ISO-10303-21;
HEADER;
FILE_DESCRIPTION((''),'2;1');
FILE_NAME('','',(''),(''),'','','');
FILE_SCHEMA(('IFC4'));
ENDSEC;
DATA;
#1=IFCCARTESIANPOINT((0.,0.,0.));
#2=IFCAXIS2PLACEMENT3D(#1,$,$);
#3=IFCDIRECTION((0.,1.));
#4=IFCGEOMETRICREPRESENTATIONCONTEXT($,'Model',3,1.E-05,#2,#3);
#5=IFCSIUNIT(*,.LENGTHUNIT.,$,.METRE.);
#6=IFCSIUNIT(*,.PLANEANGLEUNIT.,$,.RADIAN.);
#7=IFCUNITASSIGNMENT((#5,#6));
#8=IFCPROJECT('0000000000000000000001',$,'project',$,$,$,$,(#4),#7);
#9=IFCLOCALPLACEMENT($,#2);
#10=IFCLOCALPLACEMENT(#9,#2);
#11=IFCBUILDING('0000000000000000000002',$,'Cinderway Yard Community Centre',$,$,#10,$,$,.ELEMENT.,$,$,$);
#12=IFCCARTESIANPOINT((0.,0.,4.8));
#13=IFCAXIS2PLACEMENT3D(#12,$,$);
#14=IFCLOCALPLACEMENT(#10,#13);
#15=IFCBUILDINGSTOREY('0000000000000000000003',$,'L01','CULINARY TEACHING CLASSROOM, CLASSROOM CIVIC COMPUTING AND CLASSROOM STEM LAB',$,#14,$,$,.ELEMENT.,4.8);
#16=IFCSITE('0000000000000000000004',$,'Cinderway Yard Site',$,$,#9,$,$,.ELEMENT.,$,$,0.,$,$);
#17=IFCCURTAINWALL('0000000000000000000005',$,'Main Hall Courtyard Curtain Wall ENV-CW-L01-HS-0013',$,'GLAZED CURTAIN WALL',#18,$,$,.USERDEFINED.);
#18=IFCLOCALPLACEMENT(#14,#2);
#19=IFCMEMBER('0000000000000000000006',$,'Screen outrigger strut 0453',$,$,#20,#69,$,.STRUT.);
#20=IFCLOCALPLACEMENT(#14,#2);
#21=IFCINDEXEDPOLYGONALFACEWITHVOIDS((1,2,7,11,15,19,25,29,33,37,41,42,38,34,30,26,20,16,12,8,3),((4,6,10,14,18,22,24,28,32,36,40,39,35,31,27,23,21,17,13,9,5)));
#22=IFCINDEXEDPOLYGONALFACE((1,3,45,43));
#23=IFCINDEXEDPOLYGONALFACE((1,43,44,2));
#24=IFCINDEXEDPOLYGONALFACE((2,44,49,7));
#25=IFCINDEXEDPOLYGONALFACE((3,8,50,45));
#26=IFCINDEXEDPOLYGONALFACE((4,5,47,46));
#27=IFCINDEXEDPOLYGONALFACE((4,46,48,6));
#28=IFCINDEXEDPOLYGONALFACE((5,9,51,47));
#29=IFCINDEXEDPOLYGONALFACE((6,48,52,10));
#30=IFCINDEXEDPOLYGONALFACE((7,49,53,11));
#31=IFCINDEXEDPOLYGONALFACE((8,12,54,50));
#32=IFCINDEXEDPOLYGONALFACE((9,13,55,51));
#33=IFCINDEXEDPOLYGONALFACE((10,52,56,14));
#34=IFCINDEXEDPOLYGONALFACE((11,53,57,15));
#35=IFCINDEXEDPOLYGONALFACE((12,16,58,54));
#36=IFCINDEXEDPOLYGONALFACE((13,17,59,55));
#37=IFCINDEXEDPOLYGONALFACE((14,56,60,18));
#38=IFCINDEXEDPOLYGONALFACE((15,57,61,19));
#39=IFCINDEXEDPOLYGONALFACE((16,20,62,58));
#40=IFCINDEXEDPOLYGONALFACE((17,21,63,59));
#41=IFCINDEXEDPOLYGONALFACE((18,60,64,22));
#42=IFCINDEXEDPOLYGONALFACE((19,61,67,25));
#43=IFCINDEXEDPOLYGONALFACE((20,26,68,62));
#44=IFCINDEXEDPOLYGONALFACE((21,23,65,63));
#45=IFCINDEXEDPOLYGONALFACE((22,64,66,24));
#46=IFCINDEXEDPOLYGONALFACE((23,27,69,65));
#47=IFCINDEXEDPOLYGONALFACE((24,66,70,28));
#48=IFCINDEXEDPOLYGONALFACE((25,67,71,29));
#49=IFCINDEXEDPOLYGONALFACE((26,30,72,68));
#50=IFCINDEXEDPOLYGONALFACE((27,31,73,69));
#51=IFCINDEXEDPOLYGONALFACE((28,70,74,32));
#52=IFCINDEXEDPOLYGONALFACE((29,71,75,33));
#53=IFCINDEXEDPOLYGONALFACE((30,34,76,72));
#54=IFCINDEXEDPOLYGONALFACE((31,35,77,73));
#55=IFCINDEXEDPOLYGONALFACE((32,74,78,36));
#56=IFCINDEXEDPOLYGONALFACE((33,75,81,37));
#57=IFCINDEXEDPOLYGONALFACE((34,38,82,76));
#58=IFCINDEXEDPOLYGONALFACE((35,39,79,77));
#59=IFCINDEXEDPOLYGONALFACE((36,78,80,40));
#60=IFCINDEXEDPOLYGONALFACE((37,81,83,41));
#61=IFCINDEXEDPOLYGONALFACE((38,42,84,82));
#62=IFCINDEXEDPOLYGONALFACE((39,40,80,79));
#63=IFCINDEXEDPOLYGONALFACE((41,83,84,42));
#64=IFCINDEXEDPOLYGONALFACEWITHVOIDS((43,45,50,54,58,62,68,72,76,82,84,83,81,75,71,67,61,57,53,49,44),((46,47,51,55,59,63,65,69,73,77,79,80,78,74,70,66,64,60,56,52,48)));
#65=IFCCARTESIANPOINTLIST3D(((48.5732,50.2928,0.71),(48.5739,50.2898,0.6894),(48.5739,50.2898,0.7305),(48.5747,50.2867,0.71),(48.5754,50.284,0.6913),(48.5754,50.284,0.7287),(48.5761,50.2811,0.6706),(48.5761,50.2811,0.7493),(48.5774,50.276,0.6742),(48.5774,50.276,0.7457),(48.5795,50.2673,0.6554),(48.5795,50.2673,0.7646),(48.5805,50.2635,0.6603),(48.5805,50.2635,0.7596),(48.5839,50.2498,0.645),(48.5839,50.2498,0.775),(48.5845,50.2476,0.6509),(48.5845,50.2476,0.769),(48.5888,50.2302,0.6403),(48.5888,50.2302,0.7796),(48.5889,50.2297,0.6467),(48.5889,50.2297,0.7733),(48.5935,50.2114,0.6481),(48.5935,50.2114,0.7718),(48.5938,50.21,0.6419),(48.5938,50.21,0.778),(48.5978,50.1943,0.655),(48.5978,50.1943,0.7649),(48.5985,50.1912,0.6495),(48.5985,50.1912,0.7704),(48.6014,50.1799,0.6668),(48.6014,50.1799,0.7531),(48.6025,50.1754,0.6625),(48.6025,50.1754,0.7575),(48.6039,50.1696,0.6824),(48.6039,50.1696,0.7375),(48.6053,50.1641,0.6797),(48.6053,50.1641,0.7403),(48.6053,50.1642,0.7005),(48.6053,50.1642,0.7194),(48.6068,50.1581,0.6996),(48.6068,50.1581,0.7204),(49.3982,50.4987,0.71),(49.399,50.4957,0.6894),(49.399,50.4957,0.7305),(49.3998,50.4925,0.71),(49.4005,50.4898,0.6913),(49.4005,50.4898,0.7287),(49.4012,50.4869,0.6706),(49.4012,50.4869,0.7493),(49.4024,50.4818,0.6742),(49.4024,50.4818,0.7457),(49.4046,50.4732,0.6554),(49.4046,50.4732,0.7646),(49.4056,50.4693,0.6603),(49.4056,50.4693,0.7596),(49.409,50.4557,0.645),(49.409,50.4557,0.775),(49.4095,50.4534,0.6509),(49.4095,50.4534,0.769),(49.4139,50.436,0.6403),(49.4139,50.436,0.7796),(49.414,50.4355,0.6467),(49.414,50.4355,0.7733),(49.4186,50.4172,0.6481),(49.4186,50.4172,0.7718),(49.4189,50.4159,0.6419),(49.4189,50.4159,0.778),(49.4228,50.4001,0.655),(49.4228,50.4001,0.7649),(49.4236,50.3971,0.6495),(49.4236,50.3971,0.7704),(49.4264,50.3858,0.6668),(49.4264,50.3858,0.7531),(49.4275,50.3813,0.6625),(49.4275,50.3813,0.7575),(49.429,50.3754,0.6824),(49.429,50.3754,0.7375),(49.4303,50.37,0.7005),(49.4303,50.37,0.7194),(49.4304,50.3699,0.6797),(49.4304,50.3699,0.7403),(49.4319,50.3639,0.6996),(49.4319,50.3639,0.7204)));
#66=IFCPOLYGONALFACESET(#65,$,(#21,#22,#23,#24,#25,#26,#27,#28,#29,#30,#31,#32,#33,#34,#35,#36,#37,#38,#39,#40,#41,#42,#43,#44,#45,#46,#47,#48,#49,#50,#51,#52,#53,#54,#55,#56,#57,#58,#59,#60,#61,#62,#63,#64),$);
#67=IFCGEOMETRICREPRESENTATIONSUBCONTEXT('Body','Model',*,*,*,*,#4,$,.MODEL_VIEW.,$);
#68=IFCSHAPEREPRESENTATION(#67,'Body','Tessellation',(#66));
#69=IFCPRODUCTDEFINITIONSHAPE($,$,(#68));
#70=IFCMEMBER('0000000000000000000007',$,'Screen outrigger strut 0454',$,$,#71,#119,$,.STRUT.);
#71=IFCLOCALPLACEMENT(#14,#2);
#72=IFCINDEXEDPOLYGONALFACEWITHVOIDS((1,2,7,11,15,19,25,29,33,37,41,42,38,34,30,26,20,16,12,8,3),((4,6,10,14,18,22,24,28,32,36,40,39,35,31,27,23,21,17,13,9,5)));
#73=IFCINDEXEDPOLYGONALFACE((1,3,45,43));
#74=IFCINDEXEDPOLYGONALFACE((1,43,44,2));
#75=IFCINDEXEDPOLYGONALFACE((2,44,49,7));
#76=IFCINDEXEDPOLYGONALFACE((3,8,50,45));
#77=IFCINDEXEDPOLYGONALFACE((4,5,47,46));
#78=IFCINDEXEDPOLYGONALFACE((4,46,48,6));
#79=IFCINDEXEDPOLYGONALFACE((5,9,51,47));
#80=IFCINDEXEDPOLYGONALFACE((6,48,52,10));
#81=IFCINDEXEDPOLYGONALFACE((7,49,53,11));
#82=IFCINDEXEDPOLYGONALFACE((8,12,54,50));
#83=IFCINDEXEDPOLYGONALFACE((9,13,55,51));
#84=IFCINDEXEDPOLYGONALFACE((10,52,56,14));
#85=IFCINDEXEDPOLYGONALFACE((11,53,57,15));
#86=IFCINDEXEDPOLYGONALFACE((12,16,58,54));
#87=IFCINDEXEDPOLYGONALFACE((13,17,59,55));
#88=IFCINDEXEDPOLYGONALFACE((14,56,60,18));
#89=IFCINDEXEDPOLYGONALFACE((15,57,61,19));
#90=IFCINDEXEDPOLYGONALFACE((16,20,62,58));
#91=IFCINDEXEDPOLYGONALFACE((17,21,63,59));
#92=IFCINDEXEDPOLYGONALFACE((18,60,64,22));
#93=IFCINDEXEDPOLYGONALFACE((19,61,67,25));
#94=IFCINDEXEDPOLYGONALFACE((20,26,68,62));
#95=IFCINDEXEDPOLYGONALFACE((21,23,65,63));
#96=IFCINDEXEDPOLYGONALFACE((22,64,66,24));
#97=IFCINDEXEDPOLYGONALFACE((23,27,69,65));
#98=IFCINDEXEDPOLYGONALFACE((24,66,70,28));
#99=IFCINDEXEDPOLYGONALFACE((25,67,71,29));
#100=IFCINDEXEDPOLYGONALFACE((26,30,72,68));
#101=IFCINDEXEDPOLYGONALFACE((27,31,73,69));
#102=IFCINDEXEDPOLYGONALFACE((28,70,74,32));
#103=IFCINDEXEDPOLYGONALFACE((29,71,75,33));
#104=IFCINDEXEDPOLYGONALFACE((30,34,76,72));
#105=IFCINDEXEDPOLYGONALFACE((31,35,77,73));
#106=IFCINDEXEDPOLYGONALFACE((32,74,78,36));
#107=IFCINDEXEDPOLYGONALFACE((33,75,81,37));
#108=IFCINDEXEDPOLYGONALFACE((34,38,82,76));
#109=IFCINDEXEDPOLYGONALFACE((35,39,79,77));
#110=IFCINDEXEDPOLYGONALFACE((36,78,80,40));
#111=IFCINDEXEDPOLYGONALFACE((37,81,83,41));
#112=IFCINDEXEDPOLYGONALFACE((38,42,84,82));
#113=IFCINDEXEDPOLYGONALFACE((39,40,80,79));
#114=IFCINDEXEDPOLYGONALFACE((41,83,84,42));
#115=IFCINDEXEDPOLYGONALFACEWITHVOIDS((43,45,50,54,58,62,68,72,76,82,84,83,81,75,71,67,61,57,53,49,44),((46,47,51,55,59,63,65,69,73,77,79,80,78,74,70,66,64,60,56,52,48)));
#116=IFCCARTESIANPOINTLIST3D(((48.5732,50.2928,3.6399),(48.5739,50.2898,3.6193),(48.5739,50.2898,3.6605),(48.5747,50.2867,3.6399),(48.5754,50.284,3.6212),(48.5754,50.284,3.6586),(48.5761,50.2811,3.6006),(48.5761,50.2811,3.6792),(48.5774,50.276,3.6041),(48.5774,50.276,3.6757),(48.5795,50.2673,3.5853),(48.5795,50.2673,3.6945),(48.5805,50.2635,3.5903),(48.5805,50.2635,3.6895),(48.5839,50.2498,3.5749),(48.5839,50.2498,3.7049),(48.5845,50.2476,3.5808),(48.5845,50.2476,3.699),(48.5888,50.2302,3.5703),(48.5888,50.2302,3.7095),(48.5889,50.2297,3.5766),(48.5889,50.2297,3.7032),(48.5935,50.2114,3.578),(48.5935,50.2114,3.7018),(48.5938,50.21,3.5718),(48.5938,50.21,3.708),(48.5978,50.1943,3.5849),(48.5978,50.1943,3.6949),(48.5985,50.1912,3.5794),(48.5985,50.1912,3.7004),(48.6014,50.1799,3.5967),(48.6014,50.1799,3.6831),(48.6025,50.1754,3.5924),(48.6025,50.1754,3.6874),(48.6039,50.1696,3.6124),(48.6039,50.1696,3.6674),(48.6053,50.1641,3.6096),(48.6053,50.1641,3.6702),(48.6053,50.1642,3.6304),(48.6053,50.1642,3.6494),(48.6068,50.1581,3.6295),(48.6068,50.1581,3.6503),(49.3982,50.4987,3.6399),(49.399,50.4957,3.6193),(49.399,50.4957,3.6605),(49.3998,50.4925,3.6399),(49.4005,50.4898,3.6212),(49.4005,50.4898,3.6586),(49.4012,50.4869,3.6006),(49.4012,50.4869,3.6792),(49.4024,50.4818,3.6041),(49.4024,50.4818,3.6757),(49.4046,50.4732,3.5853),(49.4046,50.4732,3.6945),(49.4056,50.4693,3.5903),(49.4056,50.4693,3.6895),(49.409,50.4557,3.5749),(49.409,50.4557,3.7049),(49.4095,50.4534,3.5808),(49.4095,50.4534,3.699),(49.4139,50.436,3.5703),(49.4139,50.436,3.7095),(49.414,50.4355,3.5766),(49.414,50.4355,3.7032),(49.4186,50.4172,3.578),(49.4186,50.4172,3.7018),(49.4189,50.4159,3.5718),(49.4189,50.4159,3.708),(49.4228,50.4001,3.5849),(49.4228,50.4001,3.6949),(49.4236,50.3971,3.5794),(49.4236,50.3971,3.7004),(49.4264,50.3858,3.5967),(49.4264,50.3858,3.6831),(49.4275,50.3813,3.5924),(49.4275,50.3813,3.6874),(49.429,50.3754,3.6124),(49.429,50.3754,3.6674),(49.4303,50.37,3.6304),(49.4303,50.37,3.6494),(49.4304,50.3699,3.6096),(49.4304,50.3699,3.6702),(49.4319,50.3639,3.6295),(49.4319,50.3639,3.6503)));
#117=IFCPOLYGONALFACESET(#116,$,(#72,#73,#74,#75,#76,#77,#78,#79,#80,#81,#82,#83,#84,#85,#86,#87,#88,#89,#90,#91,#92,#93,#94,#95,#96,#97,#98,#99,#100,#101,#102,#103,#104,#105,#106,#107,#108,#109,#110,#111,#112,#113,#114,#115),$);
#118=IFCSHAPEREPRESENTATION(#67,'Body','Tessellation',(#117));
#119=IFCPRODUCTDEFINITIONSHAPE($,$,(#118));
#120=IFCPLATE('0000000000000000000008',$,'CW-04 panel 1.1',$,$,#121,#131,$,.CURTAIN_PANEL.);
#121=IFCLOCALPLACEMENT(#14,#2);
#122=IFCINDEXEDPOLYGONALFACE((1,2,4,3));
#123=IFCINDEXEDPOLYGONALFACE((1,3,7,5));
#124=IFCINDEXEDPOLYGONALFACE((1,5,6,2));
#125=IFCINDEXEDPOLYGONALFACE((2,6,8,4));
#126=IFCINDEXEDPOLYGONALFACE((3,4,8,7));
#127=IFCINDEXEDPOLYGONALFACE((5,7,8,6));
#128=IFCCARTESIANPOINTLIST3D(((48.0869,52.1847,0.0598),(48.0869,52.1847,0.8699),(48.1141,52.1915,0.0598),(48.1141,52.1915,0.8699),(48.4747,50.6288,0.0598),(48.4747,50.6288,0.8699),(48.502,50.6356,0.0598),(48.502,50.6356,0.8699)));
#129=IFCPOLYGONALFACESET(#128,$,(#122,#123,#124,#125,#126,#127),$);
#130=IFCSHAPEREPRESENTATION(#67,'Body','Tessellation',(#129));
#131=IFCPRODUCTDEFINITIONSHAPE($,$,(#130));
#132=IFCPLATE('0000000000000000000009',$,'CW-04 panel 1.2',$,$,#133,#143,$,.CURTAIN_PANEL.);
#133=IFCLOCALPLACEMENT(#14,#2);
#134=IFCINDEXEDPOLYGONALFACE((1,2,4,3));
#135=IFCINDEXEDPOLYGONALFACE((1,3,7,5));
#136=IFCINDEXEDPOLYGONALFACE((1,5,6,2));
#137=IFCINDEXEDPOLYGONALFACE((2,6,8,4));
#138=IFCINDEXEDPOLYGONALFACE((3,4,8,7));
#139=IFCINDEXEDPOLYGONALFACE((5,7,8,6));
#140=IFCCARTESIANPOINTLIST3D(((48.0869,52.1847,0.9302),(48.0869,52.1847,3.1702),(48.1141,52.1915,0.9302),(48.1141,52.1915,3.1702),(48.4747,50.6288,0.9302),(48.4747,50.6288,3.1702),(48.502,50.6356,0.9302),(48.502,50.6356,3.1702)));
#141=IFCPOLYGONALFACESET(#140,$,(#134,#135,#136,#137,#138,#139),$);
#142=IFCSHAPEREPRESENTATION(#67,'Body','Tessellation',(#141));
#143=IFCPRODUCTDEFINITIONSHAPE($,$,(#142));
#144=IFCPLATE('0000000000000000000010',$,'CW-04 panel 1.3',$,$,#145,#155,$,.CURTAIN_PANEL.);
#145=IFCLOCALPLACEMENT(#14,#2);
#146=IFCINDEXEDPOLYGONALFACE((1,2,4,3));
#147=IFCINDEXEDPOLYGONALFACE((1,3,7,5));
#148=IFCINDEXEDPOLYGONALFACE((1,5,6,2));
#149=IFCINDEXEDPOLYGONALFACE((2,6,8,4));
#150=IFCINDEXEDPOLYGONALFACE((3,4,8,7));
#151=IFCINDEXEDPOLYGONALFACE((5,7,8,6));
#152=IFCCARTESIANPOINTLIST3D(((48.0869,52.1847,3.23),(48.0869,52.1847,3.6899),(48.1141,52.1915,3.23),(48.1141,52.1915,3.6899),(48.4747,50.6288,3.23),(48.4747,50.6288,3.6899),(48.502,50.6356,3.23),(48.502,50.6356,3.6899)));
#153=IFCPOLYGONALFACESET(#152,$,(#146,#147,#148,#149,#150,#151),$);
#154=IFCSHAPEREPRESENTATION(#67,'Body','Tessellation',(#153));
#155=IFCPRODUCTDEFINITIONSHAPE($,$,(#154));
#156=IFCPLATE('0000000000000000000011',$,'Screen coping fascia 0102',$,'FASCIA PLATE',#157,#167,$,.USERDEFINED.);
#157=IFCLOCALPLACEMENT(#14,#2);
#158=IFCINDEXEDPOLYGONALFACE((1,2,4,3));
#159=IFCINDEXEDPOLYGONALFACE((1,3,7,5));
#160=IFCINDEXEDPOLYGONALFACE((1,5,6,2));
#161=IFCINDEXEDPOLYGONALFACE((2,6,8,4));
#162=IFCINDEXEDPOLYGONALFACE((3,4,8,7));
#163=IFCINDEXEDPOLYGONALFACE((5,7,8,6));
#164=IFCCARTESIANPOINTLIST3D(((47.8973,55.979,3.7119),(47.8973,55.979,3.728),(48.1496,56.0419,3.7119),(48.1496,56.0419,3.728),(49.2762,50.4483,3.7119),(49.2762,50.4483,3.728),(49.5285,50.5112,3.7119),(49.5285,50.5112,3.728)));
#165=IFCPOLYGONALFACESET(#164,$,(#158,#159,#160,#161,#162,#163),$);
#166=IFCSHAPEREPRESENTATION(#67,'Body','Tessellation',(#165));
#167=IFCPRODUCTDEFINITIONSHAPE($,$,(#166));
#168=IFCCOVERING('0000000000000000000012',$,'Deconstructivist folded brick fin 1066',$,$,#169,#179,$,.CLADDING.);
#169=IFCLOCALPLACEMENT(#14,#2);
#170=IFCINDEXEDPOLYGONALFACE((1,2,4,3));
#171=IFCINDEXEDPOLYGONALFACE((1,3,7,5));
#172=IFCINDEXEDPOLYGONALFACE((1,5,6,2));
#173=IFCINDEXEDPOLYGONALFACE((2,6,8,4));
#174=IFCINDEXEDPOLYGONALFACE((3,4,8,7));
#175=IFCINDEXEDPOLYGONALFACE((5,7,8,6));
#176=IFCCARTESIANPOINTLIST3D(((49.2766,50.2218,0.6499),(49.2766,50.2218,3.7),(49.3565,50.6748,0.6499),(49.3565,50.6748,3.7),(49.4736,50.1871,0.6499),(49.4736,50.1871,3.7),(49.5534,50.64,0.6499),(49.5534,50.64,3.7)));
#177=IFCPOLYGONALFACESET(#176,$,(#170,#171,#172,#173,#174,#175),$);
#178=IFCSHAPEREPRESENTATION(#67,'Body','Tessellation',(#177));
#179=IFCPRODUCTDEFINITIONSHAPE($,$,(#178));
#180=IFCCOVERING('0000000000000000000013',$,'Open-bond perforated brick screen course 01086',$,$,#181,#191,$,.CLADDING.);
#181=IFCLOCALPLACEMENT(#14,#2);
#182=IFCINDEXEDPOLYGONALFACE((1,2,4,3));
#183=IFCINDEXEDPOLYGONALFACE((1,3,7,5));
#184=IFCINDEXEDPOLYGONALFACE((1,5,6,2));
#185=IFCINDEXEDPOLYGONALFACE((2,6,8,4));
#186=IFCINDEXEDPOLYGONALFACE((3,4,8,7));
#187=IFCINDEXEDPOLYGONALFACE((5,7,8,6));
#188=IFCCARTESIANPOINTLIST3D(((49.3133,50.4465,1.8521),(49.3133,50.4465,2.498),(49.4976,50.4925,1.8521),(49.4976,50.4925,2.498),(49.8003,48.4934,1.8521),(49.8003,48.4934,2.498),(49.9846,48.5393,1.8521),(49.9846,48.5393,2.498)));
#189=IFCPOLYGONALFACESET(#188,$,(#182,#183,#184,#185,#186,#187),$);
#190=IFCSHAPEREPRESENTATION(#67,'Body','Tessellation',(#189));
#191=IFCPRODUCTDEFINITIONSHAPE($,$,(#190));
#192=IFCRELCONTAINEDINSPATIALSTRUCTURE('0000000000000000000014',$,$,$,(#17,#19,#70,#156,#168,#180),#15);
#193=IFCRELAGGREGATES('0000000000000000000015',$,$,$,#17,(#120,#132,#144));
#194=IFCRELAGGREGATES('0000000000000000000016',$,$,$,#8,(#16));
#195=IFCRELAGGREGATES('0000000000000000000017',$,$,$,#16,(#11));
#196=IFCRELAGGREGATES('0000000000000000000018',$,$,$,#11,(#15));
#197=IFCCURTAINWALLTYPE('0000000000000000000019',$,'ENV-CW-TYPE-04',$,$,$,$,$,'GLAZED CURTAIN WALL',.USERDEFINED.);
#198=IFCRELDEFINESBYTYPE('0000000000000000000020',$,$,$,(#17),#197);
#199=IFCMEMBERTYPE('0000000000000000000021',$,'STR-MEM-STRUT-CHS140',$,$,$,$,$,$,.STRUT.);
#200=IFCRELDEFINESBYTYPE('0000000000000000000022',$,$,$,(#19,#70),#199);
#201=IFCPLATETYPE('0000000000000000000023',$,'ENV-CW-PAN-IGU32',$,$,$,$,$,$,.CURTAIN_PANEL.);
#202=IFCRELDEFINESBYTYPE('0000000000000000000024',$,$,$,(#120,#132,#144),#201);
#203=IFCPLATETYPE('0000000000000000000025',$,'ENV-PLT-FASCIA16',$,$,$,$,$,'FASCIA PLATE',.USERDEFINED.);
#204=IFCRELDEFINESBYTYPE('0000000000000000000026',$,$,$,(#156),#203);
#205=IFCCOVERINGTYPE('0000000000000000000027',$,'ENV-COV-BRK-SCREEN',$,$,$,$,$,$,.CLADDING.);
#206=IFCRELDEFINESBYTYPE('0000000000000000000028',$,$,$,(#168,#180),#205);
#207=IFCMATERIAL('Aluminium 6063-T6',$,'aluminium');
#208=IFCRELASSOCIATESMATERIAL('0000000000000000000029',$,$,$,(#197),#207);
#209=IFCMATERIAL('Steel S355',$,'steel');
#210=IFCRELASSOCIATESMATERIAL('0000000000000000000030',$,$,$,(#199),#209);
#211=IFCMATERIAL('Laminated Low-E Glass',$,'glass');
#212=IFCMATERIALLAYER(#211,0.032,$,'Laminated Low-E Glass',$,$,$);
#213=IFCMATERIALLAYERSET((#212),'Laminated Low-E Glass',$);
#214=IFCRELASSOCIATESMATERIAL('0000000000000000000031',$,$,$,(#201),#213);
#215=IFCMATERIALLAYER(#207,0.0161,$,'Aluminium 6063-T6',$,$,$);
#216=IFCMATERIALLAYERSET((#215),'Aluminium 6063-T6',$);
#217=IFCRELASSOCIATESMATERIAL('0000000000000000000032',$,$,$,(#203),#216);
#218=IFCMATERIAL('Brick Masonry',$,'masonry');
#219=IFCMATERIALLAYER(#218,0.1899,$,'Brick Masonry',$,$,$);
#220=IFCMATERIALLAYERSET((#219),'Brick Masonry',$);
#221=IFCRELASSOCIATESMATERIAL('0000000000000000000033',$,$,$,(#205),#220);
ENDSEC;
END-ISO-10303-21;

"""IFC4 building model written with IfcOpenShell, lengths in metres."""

from ifc_helpers import new_model, si_unit, direction, frame, origin, origin_2d, place, context, subcontext, project, spatial, rectangle, hollow_circle, extrude, material, layer, layer_set, material_profile, profile_set, type_object, element, aggregate, save


model = new_model("IFC4")

# Units and contexts
model_context = context("Model", 3, precision=1e-05, world=origin(), true_north=direction((0.0, 1.0)))
body_context = subcontext(model_context, "Body", "Model", "MODEL_VIEW")
ifc_project = project(units=[si_unit("LENGTHUNIT", "METRE"), si_unit("PLANEANGLEUNIT", "RADIAN")], contexts=[model_context])

# Site, building, storey
site_placement = place(None, origin())
site = spatial("IfcSite", under=ifc_project, at=site_placement, Name="Cinderway Yard Site", CompositionType="ELEMENT", RefElevation=0.0)
building_placement = place(site_placement, origin())
building = spatial("IfcBuilding", under=site, at=building_placement, Name="Cinderway Yard Community Centre", CompositionType="ELEMENT")
storey_placement = place(building_placement, frame((0.0, 0.0, 4.8)))
storey = spatial("IfcBuildingStorey", under=building, at=storey_placement, Name="L01", Description="CULINARY TEACHING CLASSROOM, CLASSROOM CIVIC COMPUTING AND CLASSROOM STEM LAB", CompositionType="ELEMENT", Elevation=4.8)

# Shared definitions
ifc_material_1 = material(Name="Aluminium 6063-T6", Category="aluminium")
curtain_wall_type = type_object("IfcCurtainWallType", Name="ENV-CW-TYPE-04", ElementType="GLAZED CURTAIN WALL", PredefinedType="USERDEFINED", material=ifc_material_1)

# Curtain wall
curtain_wall_1_placement = place(storey_placement, origin())
curtain_wall_1 = element("IfcCurtainWall", 1, at=curtain_wall_1_placement, inside=storey, type_object=curtain_wall_type, Name="Main Hall Courtyard Curtain Wall ENV-CW-L01-HS-0013", ObjectType="GLAZED CURTAIN WALL", PredefinedType="USERDEFINED")

# Shared definitions
ifc_material_2 = material(Name="Steel S355", Category="steel")

# Members
ifc_material_profile_1 = material_profile(ifc_material_2, hollow_circle(Radius=0.0698, WallThickness=0.0063, at=origin_2d()), Name="Steel S355")
ifc_profile_set_1 = profile_set([ifc_material_profile_1], Name="Steel S355")
member_type_1 = type_object("IfcMemberType", Name="STR-MEM-STRUT-CHS140", PredefinedType="STRUT", material=ifc_profile_set_1)
for number, where, z_axis, x_axis, name in (
    (2, (48.5901, 50.2251, 0.71), (0.970261, 0.242063, 0.0), (-0.242063, 0.970261, 0.0), "Screen outrigger strut 0453"),
    (3, (48.5901, 50.2251, 3.6399), (0.970261, 0.242063, 0.0), (-0.242063, 0.970261, 0.0), "Screen outrigger strut 0454"),
):
    element("IfcMember", number, at=place(storey_placement, frame(where, z_axis=z_axis, x_axis=x_axis)), inside=storey, type_object=member_type_1, Name=name, PredefinedType="STRUT", context=body_context, shape_type="SweptSolid", body=[
        extrude(hollow_circle(Radius=0.0698, WallThickness=0.0063, at=origin_2d()), origin(), (0.0, 0.0, 1.0), 0.8503),
    ])

# Plates
ifc_material_3 = material(Name="Laminated Low-E Glass", Category="glass")
ifc_layer_1 = layer(ifc_material_3, 0.032, Name="Laminated Low-E Glass")
ifc_layer_set_1 = layer_set([ifc_layer_1], Name="Laminated Low-E Glass")
plate_type_1 = type_object("IfcPlateType", Name="ENV-CW-PAN-IGU32", PredefinedType="CURTAIN_PANEL", material=ifc_layer_set_1)
plate_1_placement = place(storey_placement, frame((48.2944, 51.4102, 0.0598), z_axis=(0.0, 0.0, 1.0), x_axis=(-0.241887, 0.970304, 0.0)))
plate_1 = element("IfcPlate", 4, at=plate_1_placement, type_object=plate_type_1, Name="CW-04 panel 1.1", PredefinedType="CURTAIN_PANEL", context=body_context, shape_type="SweptSolid", body=[
    extrude(rectangle(XDim=1.6035, YDim=0.0281, at=origin_2d()), origin(), (0.0, 0.0, 1.0), 0.8101),
])
plate_2_placement = place(storey_placement, frame((48.2944, 51.4102, 0.9302), z_axis=(0.0, 0.0, 1.0), x_axis=(-0.241887, 0.970304, 0.0)))
plate_2 = element("IfcPlate", 5, at=plate_2_placement, type_object=plate_type_1, Name="CW-04 panel 1.2", PredefinedType="CURTAIN_PANEL", context=body_context, shape_type="SweptSolid", body=[
    extrude(rectangle(XDim=1.6035, YDim=0.0281, at=origin_2d()), origin(), (0.0, 0.0, 1.0), 2.24),
])
plate_3_placement = place(storey_placement, frame((48.2944, 51.4102, 3.23), z_axis=(0.0, 0.0, 1.0), x_axis=(-0.241887, 0.970304, 0.0)))
plate_3 = element("IfcPlate", 6, at=plate_3_placement, type_object=plate_type_1, Name="CW-04 panel 1.3", PredefinedType="CURTAIN_PANEL", context=body_context, shape_type="SweptSolid", body=[
    extrude(rectangle(XDim=1.6035, YDim=0.0281, at=origin_2d()), origin(), (0.0, 0.0, 1.0), 0.46),
])
aggregate(curtain_wall_1, [plate_1, plate_2, plate_3])
ifc_layer_2 = layer(ifc_material_1, 0.0161, Name="Aluminium 6063-T6")
ifc_layer_set_2 = layer_set([ifc_layer_2], Name="Aluminium 6063-T6")
plate_type_2 = type_object("IfcPlateType", Name="ENV-PLT-FASCIA16", ElementType="FASCIA PLATE", PredefinedType="USERDEFINED", material=ifc_layer_set_2)
plate_4_placement = place(storey_placement, frame((48.7129, 53.2451, 3.7119), z_axis=(0.0, 0.0, 1.0), x_axis=(0.241922, -0.970296, 0.0)))
element("IfcPlate", 7, at=plate_4_placement, inside=storey, type_object=plate_type_2, Name="Screen coping fascia 0102", ObjectType="FASCIA PLATE", PredefinedType="USERDEFINED", context=body_context, shape_type="SweptSolid", body=[
    extrude(rectangle(XDim=5.7, YDim=0.26, at=origin_2d()), origin(), (0.0, 0.0, 1.0), 0.0161),
])

# Coverings
ifc_material_4 = material(Name="Brick Masonry", Category="masonry")
ifc_layer_3 = layer(ifc_material_4, 0.1899, Name="Brick Masonry")
ifc_layer_set_3 = layer_set([ifc_layer_3], Name="Brick Masonry")
covering_type = type_object("IfcCoveringType", Name="ENV-COV-BRK-SCREEN", PredefinedType="CLADDING", material=ifc_layer_set_3)
covering_placement = place(storey_placement, frame((49.415, 50.4309, 0.6499), z_axis=(0.0, 0.0, 1.0), x_axis=(-0.173648, -0.984808, 0.0)))
element("IfcCovering", 8, at=covering_placement, inside=storey, type_object=covering_type, Name="Deconstructivist folded brick fin 1066", PredefinedType="CLADDING", context=body_context, shape_type="SweptSolid", body=[
    extrude(rectangle(XDim=0.46, YDim=0.2, at=origin_2d()), origin(), (0.0, 0.0, 1.0), 3.05),
])
for number, where, z_axis, x_axis, name in (
    (9, (49.6489, 49.4929, 1.8521), (0.0, 0.0, 1.0), (0.241922, -0.970296, 0.0), "Open-bond perforated brick screen course 01086"),
):
    element("IfcCovering", number, at=place(storey_placement, frame(where, z_axis=z_axis, x_axis=x_axis)), inside=storey, type_object=covering_type, Name=name, PredefinedType="CLADDING", context=body_context, shape_type="SweptSolid", body=[
        extrude(rectangle(XDim=2.0129, YDim=0.1899, at=origin_2d()), origin(), (0.0, 0.0, 1.0), 0.646),
    ])

save(model, "model.ifc")
